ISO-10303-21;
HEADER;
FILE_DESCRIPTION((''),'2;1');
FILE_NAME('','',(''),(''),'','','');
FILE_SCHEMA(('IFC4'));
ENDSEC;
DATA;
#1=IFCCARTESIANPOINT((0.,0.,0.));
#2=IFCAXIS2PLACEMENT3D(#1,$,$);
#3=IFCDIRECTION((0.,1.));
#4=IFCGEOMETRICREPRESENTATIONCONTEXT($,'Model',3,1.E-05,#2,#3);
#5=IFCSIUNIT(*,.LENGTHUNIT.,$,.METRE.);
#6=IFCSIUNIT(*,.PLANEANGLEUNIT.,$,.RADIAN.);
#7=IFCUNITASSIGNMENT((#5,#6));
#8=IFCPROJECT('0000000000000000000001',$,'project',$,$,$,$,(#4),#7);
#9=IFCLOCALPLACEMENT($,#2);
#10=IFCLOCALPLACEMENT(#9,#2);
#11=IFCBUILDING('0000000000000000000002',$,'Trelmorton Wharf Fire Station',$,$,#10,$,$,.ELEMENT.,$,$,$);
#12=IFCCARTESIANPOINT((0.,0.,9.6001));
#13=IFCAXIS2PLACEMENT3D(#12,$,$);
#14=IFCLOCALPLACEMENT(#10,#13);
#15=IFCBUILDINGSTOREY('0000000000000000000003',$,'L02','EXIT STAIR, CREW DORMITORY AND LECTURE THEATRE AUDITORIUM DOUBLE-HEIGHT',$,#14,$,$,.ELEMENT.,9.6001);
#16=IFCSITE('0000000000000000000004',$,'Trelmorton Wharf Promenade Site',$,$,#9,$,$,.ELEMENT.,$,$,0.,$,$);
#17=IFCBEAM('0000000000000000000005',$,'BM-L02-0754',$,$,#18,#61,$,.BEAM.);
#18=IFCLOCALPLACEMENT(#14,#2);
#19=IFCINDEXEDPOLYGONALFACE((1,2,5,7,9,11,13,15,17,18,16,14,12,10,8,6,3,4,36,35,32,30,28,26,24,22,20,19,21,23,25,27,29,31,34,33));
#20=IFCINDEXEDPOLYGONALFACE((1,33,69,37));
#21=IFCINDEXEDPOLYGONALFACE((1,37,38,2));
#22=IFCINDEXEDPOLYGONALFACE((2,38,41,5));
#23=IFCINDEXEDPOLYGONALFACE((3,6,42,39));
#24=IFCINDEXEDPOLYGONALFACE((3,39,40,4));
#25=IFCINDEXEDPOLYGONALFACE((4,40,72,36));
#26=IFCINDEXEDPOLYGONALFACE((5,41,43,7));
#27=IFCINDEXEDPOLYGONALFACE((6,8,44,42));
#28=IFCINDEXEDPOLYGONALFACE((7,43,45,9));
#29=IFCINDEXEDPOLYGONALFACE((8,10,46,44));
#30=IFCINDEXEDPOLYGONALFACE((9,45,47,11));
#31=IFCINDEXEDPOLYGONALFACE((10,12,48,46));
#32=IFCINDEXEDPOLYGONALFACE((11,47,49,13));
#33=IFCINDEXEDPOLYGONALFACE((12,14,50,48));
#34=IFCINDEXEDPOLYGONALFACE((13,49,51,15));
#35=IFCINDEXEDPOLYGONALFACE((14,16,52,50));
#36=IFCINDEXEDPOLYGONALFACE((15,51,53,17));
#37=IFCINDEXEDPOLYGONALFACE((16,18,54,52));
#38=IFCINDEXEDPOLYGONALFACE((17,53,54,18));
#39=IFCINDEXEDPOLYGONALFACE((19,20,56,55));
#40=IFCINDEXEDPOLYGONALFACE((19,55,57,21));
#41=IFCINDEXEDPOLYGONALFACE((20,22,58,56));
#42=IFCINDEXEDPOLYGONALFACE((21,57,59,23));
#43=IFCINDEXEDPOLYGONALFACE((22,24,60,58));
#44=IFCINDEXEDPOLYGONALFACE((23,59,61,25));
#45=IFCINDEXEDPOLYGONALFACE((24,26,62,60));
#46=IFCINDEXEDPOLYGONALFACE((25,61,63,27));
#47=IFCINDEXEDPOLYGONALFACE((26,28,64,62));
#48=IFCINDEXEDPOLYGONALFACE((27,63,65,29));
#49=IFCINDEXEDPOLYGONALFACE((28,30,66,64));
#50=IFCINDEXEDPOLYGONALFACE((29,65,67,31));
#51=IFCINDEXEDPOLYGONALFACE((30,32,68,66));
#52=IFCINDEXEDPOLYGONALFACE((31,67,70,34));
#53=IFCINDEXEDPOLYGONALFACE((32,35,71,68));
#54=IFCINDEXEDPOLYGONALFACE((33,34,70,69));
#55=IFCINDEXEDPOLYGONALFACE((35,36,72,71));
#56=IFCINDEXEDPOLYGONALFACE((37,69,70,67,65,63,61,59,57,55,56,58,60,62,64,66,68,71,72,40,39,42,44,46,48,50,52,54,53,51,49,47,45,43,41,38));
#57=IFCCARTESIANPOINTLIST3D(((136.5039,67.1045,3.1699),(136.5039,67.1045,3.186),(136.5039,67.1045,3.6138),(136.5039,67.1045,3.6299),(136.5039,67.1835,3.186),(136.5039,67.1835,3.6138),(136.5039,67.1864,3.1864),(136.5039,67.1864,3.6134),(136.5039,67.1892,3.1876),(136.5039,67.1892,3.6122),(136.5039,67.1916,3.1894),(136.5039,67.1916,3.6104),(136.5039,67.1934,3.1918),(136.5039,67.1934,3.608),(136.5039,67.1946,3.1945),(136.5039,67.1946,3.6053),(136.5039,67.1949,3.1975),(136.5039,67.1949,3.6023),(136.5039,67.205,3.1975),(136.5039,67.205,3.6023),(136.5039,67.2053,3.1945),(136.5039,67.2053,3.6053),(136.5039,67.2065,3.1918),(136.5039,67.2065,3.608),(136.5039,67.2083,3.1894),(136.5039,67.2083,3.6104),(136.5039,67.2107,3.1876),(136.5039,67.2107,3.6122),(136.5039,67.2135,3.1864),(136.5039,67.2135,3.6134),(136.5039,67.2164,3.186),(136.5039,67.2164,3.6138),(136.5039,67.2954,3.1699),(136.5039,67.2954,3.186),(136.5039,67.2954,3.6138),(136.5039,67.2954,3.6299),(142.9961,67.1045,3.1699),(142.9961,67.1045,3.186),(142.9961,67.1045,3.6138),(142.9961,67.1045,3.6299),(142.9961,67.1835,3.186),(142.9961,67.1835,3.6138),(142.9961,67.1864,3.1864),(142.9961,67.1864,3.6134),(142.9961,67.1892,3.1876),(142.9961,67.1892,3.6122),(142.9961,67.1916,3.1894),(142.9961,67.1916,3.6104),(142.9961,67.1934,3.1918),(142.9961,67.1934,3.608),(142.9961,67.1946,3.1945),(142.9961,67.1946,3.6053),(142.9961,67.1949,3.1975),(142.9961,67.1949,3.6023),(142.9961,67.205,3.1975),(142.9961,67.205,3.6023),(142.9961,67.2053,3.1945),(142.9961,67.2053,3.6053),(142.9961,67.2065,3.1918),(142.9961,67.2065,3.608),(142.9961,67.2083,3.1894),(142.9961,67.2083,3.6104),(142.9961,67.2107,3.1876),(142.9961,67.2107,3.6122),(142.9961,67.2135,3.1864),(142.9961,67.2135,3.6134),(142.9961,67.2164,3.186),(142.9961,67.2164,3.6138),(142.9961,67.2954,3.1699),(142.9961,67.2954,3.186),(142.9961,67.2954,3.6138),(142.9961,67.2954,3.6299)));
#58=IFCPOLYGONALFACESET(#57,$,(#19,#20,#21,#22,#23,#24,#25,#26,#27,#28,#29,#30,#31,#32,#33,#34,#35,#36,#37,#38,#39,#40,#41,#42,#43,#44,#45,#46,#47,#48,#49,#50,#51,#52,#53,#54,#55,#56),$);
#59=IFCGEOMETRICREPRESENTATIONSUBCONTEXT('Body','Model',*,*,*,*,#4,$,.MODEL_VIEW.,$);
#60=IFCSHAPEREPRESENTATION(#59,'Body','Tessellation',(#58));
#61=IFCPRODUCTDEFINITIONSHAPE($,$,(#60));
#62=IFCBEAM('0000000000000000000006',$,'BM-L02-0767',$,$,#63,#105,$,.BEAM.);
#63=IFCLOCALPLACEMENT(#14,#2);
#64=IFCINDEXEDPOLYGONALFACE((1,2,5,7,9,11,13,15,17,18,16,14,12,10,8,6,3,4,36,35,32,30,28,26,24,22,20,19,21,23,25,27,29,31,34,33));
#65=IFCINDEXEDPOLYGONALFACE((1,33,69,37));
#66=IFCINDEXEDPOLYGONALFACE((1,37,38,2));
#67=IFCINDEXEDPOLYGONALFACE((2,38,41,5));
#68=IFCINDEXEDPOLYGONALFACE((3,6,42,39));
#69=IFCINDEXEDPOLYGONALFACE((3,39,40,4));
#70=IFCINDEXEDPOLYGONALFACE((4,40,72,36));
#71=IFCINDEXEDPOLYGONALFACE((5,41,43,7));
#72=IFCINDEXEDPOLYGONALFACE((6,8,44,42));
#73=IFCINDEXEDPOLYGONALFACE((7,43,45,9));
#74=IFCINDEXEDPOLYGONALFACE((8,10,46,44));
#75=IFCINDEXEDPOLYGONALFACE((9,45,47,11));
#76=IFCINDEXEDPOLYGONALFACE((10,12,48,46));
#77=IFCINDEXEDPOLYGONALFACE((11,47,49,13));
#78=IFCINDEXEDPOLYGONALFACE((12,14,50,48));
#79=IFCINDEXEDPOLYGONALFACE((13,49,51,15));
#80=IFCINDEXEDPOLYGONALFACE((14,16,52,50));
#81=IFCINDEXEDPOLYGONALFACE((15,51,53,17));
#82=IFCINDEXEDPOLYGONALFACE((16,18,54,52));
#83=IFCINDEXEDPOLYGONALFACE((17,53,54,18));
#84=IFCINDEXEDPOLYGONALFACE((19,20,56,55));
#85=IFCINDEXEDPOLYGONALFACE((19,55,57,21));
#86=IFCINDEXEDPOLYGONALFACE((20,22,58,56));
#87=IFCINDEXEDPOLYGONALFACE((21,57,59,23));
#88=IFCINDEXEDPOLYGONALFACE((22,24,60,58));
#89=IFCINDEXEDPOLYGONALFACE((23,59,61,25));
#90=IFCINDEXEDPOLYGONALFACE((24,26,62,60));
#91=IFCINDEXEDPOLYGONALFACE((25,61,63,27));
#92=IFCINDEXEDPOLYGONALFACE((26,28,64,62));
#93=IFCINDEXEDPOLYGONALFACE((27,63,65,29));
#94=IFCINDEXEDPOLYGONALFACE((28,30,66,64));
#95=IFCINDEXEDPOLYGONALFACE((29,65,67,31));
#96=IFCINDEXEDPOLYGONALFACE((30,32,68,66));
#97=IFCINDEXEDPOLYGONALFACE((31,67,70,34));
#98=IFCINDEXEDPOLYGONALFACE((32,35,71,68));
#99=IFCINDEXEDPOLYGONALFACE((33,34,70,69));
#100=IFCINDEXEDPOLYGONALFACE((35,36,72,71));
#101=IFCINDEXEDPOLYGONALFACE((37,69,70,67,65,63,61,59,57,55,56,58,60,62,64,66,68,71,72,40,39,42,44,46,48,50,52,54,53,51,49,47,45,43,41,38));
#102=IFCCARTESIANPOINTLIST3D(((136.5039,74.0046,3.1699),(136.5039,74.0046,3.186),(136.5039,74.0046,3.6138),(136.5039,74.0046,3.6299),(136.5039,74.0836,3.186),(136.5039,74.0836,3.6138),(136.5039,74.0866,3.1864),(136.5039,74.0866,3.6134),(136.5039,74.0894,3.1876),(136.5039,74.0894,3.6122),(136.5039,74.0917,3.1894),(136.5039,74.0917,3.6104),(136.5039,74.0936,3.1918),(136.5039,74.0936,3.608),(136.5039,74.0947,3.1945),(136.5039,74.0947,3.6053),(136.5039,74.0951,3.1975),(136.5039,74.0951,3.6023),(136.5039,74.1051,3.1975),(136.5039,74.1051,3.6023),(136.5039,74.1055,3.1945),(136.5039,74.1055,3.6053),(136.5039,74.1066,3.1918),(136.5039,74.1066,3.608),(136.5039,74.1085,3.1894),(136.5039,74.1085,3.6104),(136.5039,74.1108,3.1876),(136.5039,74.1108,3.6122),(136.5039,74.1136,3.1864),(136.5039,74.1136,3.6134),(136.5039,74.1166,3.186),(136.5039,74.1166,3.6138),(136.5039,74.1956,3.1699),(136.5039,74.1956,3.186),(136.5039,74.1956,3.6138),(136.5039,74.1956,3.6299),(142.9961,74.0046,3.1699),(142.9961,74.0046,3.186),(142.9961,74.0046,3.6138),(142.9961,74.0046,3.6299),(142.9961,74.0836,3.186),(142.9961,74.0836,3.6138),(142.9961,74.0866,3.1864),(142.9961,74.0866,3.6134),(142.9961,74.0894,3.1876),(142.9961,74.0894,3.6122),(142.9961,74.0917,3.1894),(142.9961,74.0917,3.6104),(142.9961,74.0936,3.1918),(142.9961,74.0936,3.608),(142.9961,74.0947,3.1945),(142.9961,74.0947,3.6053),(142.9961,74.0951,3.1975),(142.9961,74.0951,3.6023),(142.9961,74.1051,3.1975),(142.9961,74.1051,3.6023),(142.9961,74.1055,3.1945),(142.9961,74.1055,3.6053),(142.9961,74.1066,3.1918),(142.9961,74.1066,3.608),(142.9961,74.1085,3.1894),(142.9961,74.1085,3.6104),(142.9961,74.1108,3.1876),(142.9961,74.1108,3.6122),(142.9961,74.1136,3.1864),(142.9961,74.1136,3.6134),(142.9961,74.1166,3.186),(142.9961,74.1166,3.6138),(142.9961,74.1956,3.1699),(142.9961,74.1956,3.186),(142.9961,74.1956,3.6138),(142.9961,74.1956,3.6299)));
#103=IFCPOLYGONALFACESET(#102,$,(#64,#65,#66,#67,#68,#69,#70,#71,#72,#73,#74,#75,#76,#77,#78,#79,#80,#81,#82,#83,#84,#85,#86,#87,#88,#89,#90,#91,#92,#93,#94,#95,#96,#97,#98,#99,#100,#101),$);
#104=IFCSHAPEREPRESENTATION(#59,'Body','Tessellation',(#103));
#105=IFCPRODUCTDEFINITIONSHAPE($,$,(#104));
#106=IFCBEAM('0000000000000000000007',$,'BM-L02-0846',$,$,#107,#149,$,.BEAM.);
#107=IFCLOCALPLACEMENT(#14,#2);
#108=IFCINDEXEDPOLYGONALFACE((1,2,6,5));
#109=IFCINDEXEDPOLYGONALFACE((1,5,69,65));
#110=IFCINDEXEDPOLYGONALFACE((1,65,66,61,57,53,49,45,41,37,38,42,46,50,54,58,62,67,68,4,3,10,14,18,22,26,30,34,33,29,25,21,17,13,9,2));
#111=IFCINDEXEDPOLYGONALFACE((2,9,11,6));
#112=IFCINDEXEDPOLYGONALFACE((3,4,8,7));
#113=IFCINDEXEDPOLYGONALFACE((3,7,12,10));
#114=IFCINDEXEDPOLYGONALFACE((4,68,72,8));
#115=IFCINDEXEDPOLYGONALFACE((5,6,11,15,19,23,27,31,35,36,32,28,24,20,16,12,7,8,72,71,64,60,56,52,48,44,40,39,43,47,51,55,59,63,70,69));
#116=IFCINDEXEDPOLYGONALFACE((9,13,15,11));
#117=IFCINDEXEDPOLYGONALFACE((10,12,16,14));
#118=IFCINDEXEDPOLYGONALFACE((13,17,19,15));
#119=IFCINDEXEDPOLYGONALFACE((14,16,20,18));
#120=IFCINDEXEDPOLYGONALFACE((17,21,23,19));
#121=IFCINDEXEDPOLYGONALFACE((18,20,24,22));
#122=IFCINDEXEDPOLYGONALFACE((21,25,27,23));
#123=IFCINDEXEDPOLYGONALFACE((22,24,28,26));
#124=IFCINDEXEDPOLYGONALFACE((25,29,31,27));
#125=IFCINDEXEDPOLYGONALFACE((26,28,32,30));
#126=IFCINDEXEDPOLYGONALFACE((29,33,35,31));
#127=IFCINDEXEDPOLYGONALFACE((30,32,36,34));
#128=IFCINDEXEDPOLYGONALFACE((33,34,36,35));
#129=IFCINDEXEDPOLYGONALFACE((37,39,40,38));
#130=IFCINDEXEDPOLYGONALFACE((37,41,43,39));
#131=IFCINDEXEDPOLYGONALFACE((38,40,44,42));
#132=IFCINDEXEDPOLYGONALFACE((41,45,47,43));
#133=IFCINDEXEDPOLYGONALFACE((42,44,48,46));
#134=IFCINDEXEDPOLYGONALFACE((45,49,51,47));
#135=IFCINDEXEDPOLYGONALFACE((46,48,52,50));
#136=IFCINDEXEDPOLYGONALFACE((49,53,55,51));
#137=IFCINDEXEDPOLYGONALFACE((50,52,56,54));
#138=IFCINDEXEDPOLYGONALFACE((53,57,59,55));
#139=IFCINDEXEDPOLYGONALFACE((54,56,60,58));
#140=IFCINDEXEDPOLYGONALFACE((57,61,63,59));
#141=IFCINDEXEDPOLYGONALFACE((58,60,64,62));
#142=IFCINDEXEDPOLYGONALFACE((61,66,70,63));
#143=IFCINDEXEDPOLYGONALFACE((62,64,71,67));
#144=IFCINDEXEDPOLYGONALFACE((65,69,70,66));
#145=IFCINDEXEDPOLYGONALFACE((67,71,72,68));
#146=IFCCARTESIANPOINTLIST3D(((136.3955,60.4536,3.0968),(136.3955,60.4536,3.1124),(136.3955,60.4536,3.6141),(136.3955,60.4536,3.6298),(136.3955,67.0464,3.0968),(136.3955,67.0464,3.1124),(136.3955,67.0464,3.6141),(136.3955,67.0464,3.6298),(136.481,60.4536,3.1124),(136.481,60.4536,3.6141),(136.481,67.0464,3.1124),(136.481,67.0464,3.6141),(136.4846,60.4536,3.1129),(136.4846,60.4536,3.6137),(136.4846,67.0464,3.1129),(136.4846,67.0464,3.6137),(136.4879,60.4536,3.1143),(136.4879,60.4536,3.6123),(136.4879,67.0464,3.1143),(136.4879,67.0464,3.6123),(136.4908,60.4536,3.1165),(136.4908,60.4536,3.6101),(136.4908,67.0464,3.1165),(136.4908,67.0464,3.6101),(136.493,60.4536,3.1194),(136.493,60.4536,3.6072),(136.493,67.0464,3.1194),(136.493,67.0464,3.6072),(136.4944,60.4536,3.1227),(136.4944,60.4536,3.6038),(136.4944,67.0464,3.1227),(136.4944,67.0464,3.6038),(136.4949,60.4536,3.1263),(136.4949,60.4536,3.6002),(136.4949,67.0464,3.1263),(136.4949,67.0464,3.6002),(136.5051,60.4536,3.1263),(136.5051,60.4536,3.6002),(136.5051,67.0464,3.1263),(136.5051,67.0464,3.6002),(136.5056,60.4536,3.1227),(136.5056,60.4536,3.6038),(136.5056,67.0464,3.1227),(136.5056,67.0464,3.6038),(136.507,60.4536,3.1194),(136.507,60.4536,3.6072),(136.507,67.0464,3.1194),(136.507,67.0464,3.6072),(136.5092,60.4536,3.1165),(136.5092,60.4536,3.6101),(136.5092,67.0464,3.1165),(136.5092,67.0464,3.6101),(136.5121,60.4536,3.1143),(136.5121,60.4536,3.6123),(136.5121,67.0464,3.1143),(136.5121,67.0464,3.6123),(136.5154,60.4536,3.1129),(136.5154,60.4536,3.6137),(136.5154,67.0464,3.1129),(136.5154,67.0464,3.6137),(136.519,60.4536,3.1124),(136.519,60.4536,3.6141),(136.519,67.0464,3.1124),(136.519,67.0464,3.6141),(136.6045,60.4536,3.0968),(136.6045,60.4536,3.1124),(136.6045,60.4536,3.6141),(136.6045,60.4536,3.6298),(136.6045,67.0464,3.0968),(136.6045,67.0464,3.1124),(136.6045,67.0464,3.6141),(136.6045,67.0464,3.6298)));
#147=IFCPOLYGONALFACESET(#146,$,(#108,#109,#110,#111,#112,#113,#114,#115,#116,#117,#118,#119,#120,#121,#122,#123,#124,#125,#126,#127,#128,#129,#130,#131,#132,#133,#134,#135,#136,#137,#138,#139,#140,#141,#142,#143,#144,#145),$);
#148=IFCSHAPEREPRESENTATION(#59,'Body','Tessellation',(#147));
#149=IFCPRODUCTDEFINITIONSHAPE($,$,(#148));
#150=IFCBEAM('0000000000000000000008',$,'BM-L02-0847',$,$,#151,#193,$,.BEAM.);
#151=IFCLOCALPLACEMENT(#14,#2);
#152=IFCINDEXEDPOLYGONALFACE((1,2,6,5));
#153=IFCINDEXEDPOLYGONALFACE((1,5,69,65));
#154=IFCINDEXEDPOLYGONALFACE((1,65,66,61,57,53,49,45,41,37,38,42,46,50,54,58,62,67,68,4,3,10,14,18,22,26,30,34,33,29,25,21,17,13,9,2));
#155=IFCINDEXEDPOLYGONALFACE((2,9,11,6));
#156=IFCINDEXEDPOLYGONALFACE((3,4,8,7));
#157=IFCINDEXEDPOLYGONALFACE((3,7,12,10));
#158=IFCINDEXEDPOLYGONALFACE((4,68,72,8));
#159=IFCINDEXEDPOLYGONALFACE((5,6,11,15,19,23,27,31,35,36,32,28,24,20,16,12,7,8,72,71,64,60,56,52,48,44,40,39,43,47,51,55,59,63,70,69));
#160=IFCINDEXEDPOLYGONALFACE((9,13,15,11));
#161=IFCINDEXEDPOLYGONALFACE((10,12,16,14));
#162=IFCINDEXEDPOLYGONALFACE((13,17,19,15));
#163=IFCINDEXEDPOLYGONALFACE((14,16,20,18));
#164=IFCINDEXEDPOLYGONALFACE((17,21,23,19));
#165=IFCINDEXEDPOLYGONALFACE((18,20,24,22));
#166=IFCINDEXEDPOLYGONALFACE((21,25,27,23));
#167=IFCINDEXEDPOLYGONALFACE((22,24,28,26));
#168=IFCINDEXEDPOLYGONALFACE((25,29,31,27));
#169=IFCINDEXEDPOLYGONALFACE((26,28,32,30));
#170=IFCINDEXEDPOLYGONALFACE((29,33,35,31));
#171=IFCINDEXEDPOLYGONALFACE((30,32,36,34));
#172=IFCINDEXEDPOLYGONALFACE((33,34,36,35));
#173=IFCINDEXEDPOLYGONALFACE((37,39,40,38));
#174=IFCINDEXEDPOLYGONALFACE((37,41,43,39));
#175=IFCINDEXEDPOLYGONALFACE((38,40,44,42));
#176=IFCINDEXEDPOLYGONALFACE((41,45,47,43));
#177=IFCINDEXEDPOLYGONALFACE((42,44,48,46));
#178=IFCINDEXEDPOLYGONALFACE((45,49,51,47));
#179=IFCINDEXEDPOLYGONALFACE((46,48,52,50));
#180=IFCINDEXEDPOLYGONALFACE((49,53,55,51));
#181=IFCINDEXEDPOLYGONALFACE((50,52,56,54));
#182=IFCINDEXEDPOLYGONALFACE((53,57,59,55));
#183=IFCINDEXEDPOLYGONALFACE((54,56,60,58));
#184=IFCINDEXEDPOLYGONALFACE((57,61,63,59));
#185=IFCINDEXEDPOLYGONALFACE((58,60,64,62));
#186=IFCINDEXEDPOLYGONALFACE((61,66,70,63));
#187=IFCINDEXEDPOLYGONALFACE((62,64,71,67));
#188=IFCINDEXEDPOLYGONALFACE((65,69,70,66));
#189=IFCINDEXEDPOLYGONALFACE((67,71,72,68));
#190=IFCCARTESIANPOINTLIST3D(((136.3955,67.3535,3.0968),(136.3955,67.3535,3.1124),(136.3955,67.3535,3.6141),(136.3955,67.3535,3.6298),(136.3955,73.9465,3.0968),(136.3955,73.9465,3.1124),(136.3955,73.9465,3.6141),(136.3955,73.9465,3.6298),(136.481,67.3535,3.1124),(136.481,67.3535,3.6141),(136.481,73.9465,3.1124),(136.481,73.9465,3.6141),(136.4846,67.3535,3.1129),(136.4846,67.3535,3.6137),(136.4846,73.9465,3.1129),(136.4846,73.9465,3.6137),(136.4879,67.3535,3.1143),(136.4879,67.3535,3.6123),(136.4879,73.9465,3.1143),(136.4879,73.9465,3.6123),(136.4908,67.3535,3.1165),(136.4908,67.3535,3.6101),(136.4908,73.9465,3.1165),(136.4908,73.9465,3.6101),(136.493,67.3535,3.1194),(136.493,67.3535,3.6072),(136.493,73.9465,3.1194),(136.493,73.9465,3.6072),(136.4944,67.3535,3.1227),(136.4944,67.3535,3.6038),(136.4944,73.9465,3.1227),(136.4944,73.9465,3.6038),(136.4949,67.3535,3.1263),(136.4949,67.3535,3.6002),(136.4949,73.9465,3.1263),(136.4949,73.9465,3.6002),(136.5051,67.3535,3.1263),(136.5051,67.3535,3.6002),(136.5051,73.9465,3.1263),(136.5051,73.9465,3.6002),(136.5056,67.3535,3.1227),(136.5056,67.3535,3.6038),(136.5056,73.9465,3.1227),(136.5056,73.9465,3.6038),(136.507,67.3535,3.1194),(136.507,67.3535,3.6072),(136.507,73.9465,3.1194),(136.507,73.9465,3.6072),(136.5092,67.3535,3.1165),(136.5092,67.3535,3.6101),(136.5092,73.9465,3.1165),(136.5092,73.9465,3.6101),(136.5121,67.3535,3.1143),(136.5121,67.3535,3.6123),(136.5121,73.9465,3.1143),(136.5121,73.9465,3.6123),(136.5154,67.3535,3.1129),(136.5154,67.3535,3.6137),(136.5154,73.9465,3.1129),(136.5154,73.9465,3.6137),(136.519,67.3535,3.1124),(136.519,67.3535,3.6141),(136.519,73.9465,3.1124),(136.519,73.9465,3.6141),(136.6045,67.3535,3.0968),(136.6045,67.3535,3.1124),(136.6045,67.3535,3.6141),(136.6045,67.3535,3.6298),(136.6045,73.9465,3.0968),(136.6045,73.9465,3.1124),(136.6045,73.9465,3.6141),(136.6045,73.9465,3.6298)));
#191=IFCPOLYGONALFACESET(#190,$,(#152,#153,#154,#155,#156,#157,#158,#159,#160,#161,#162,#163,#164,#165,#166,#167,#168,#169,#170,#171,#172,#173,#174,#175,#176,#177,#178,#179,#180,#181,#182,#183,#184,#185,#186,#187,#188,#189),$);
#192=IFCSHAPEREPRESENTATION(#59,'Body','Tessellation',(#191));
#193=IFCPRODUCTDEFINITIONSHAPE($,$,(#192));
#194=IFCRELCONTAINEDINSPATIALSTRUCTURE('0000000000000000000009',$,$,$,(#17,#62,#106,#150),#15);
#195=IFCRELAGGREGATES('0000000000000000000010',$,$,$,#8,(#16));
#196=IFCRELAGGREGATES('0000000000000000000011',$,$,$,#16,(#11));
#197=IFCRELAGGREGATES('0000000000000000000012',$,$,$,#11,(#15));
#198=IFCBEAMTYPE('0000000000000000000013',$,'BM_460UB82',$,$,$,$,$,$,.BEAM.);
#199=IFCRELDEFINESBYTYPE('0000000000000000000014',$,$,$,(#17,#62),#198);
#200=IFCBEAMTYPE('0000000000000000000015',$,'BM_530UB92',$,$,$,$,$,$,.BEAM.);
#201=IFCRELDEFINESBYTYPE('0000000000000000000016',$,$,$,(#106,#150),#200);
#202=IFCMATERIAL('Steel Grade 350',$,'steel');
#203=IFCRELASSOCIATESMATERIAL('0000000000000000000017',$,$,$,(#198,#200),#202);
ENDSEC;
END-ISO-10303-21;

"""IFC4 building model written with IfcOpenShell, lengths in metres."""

from ifc_helpers import new_model, si_unit, direction, frame, origin, origin_2d, place, context, subcontext, project, spatial, i_section, extrude, material, material_profile, profile_set, type_object, element, save


model = new_model("IFC4")

# Units and contexts
model_context = context("Model", 3, precision=1e-05, world=origin(), true_north=direction((0.0, 1.0)))
body_context = subcontext(model_context, "Body", "Model", "MODEL_VIEW")
ifc_project = project(units=[si_unit("LENGTHUNIT", "METRE"), si_unit("PLANEANGLEUNIT", "RADIAN")], contexts=[model_context])

# Site, building, storey
site_placement = place(None, origin())
site = spatial("IfcSite", under=ifc_project, at=site_placement, Name="Trelmorton Wharf Promenade Site", CompositionType="ELEMENT", RefElevation=0.0)
building_placement = place(site_placement, origin())
building = spatial("IfcBuilding", under=site, at=building_placement, Name="Trelmorton Wharf Fire Station", CompositionType="ELEMENT")
storey_placement = place(building_placement, frame((0.0, 0.0, 9.6001)))
storey = spatial("IfcBuildingStorey", under=building, at=storey_placement, Name="L02", Description="EXIT STAIR, CREW DORMITORY AND LECTURE THEATRE AUDITORIUM DOUBLE-HEIGHT", CompositionType="ELEMENT", Elevation=9.6001)

# Shared definitions
ifc_material_1 = material(Name="Steel Grade 350", Category="steel")

# Beams
ifc_material_profile_1 = material_profile(ifc_material_1, i_section(OverallWidth=0.1909, OverallDepth=0.46, WebThickness=0.01, FlangeThickness=0.0161, FilletRadius=0.0115, at=origin_2d()), Name="460UB82.1")
ifc_profile_set_1 = profile_set([ifc_material_profile_1], Name="Steel Grade 350")
beam_type_1 = type_object("IfcBeamType", Name="BM_460UB82", PredefinedType="BEAM", material=ifc_profile_set_1)
for number, where, z_axis, x_axis, name in (
    (1, (136.5039, 67.2, 3.3999), (1.0, 0.0, 0.0), (0.0, 1.0, 0.0), "BM-L02-0754"),
    (2, (136.5039, 74.1001, 3.3999), (1.0, 0.0, 0.0), (0.0, 1.0, 0.0), "BM-L02-0767"),
):
    element("IfcBeam", number, at=place(storey_placement, frame(where, z_axis=z_axis, x_axis=x_axis)), inside=storey, type_object=beam_type_1, Name=name, PredefinedType="BEAM", context=body_context, shape_type="SweptSolid", body=[
        extrude(i_section(OverallWidth=0.1909, OverallDepth=0.46, WebThickness=0.01, FlangeThickness=0.0161, FilletRadius=0.0115, at=origin_2d()), origin(), (0.0, 0.0, 1.0), 6.4922),
    ])
ifc_material_profile_2 = material_profile(ifc_material_1, i_section(OverallWidth=0.209, OverallDepth=0.533, WebThickness=0.0103, FlangeThickness=0.0156, FilletRadius=0.0139, at=origin_2d()), Name="530UB92.4")
ifc_profile_set_2 = profile_set([ifc_material_profile_2], Name="Steel Grade 350")
beam_type_2 = type_object("IfcBeamType", Name="BM_530UB92", PredefinedType="BEAM", material=ifc_profile_set_2)
beam_1_placement = place(storey_placement, frame((136.5, 60.4536, 3.3633), z_axis=(0.0, 1.0, 0.0), x_axis=(-1.0, 0.0, 0.0)))
element("IfcBeam", 3, at=beam_1_placement, inside=storey, type_object=beam_type_2, Name="BM-L02-0846", PredefinedType="BEAM", context=body_context, shape_type="SweptSolid", body=[
    extrude(i_section(OverallWidth=0.209, OverallDepth=0.533, WebThickness=0.0103, FlangeThickness=0.0156, FilletRadius=0.0139, at=origin_2d()), origin(), (0.0, 0.0, 1.0), 6.5928),
])
beam_2_placement = place(storey_placement, frame((136.5, 67.3535, 3.3633), z_axis=(0.0, 1.0, 0.0), x_axis=(-1.0, 0.0, 0.0)))
element("IfcBeam", 4, at=beam_2_placement, inside=storey, type_object=beam_type_2, Name="BM-L02-0847", PredefinedType="BEAM", context=body_context, shape_type="SweptSolid", body=[
    extrude(i_section(OverallWidth=0.209, OverallDepth=0.533, WebThickness=0.0103, FlangeThickness=0.0156, FilletRadius=0.0139, at=origin_2d()), origin(), (0.0, 0.0, 1.0), 6.593),
])

save(model, "model.ifc")
